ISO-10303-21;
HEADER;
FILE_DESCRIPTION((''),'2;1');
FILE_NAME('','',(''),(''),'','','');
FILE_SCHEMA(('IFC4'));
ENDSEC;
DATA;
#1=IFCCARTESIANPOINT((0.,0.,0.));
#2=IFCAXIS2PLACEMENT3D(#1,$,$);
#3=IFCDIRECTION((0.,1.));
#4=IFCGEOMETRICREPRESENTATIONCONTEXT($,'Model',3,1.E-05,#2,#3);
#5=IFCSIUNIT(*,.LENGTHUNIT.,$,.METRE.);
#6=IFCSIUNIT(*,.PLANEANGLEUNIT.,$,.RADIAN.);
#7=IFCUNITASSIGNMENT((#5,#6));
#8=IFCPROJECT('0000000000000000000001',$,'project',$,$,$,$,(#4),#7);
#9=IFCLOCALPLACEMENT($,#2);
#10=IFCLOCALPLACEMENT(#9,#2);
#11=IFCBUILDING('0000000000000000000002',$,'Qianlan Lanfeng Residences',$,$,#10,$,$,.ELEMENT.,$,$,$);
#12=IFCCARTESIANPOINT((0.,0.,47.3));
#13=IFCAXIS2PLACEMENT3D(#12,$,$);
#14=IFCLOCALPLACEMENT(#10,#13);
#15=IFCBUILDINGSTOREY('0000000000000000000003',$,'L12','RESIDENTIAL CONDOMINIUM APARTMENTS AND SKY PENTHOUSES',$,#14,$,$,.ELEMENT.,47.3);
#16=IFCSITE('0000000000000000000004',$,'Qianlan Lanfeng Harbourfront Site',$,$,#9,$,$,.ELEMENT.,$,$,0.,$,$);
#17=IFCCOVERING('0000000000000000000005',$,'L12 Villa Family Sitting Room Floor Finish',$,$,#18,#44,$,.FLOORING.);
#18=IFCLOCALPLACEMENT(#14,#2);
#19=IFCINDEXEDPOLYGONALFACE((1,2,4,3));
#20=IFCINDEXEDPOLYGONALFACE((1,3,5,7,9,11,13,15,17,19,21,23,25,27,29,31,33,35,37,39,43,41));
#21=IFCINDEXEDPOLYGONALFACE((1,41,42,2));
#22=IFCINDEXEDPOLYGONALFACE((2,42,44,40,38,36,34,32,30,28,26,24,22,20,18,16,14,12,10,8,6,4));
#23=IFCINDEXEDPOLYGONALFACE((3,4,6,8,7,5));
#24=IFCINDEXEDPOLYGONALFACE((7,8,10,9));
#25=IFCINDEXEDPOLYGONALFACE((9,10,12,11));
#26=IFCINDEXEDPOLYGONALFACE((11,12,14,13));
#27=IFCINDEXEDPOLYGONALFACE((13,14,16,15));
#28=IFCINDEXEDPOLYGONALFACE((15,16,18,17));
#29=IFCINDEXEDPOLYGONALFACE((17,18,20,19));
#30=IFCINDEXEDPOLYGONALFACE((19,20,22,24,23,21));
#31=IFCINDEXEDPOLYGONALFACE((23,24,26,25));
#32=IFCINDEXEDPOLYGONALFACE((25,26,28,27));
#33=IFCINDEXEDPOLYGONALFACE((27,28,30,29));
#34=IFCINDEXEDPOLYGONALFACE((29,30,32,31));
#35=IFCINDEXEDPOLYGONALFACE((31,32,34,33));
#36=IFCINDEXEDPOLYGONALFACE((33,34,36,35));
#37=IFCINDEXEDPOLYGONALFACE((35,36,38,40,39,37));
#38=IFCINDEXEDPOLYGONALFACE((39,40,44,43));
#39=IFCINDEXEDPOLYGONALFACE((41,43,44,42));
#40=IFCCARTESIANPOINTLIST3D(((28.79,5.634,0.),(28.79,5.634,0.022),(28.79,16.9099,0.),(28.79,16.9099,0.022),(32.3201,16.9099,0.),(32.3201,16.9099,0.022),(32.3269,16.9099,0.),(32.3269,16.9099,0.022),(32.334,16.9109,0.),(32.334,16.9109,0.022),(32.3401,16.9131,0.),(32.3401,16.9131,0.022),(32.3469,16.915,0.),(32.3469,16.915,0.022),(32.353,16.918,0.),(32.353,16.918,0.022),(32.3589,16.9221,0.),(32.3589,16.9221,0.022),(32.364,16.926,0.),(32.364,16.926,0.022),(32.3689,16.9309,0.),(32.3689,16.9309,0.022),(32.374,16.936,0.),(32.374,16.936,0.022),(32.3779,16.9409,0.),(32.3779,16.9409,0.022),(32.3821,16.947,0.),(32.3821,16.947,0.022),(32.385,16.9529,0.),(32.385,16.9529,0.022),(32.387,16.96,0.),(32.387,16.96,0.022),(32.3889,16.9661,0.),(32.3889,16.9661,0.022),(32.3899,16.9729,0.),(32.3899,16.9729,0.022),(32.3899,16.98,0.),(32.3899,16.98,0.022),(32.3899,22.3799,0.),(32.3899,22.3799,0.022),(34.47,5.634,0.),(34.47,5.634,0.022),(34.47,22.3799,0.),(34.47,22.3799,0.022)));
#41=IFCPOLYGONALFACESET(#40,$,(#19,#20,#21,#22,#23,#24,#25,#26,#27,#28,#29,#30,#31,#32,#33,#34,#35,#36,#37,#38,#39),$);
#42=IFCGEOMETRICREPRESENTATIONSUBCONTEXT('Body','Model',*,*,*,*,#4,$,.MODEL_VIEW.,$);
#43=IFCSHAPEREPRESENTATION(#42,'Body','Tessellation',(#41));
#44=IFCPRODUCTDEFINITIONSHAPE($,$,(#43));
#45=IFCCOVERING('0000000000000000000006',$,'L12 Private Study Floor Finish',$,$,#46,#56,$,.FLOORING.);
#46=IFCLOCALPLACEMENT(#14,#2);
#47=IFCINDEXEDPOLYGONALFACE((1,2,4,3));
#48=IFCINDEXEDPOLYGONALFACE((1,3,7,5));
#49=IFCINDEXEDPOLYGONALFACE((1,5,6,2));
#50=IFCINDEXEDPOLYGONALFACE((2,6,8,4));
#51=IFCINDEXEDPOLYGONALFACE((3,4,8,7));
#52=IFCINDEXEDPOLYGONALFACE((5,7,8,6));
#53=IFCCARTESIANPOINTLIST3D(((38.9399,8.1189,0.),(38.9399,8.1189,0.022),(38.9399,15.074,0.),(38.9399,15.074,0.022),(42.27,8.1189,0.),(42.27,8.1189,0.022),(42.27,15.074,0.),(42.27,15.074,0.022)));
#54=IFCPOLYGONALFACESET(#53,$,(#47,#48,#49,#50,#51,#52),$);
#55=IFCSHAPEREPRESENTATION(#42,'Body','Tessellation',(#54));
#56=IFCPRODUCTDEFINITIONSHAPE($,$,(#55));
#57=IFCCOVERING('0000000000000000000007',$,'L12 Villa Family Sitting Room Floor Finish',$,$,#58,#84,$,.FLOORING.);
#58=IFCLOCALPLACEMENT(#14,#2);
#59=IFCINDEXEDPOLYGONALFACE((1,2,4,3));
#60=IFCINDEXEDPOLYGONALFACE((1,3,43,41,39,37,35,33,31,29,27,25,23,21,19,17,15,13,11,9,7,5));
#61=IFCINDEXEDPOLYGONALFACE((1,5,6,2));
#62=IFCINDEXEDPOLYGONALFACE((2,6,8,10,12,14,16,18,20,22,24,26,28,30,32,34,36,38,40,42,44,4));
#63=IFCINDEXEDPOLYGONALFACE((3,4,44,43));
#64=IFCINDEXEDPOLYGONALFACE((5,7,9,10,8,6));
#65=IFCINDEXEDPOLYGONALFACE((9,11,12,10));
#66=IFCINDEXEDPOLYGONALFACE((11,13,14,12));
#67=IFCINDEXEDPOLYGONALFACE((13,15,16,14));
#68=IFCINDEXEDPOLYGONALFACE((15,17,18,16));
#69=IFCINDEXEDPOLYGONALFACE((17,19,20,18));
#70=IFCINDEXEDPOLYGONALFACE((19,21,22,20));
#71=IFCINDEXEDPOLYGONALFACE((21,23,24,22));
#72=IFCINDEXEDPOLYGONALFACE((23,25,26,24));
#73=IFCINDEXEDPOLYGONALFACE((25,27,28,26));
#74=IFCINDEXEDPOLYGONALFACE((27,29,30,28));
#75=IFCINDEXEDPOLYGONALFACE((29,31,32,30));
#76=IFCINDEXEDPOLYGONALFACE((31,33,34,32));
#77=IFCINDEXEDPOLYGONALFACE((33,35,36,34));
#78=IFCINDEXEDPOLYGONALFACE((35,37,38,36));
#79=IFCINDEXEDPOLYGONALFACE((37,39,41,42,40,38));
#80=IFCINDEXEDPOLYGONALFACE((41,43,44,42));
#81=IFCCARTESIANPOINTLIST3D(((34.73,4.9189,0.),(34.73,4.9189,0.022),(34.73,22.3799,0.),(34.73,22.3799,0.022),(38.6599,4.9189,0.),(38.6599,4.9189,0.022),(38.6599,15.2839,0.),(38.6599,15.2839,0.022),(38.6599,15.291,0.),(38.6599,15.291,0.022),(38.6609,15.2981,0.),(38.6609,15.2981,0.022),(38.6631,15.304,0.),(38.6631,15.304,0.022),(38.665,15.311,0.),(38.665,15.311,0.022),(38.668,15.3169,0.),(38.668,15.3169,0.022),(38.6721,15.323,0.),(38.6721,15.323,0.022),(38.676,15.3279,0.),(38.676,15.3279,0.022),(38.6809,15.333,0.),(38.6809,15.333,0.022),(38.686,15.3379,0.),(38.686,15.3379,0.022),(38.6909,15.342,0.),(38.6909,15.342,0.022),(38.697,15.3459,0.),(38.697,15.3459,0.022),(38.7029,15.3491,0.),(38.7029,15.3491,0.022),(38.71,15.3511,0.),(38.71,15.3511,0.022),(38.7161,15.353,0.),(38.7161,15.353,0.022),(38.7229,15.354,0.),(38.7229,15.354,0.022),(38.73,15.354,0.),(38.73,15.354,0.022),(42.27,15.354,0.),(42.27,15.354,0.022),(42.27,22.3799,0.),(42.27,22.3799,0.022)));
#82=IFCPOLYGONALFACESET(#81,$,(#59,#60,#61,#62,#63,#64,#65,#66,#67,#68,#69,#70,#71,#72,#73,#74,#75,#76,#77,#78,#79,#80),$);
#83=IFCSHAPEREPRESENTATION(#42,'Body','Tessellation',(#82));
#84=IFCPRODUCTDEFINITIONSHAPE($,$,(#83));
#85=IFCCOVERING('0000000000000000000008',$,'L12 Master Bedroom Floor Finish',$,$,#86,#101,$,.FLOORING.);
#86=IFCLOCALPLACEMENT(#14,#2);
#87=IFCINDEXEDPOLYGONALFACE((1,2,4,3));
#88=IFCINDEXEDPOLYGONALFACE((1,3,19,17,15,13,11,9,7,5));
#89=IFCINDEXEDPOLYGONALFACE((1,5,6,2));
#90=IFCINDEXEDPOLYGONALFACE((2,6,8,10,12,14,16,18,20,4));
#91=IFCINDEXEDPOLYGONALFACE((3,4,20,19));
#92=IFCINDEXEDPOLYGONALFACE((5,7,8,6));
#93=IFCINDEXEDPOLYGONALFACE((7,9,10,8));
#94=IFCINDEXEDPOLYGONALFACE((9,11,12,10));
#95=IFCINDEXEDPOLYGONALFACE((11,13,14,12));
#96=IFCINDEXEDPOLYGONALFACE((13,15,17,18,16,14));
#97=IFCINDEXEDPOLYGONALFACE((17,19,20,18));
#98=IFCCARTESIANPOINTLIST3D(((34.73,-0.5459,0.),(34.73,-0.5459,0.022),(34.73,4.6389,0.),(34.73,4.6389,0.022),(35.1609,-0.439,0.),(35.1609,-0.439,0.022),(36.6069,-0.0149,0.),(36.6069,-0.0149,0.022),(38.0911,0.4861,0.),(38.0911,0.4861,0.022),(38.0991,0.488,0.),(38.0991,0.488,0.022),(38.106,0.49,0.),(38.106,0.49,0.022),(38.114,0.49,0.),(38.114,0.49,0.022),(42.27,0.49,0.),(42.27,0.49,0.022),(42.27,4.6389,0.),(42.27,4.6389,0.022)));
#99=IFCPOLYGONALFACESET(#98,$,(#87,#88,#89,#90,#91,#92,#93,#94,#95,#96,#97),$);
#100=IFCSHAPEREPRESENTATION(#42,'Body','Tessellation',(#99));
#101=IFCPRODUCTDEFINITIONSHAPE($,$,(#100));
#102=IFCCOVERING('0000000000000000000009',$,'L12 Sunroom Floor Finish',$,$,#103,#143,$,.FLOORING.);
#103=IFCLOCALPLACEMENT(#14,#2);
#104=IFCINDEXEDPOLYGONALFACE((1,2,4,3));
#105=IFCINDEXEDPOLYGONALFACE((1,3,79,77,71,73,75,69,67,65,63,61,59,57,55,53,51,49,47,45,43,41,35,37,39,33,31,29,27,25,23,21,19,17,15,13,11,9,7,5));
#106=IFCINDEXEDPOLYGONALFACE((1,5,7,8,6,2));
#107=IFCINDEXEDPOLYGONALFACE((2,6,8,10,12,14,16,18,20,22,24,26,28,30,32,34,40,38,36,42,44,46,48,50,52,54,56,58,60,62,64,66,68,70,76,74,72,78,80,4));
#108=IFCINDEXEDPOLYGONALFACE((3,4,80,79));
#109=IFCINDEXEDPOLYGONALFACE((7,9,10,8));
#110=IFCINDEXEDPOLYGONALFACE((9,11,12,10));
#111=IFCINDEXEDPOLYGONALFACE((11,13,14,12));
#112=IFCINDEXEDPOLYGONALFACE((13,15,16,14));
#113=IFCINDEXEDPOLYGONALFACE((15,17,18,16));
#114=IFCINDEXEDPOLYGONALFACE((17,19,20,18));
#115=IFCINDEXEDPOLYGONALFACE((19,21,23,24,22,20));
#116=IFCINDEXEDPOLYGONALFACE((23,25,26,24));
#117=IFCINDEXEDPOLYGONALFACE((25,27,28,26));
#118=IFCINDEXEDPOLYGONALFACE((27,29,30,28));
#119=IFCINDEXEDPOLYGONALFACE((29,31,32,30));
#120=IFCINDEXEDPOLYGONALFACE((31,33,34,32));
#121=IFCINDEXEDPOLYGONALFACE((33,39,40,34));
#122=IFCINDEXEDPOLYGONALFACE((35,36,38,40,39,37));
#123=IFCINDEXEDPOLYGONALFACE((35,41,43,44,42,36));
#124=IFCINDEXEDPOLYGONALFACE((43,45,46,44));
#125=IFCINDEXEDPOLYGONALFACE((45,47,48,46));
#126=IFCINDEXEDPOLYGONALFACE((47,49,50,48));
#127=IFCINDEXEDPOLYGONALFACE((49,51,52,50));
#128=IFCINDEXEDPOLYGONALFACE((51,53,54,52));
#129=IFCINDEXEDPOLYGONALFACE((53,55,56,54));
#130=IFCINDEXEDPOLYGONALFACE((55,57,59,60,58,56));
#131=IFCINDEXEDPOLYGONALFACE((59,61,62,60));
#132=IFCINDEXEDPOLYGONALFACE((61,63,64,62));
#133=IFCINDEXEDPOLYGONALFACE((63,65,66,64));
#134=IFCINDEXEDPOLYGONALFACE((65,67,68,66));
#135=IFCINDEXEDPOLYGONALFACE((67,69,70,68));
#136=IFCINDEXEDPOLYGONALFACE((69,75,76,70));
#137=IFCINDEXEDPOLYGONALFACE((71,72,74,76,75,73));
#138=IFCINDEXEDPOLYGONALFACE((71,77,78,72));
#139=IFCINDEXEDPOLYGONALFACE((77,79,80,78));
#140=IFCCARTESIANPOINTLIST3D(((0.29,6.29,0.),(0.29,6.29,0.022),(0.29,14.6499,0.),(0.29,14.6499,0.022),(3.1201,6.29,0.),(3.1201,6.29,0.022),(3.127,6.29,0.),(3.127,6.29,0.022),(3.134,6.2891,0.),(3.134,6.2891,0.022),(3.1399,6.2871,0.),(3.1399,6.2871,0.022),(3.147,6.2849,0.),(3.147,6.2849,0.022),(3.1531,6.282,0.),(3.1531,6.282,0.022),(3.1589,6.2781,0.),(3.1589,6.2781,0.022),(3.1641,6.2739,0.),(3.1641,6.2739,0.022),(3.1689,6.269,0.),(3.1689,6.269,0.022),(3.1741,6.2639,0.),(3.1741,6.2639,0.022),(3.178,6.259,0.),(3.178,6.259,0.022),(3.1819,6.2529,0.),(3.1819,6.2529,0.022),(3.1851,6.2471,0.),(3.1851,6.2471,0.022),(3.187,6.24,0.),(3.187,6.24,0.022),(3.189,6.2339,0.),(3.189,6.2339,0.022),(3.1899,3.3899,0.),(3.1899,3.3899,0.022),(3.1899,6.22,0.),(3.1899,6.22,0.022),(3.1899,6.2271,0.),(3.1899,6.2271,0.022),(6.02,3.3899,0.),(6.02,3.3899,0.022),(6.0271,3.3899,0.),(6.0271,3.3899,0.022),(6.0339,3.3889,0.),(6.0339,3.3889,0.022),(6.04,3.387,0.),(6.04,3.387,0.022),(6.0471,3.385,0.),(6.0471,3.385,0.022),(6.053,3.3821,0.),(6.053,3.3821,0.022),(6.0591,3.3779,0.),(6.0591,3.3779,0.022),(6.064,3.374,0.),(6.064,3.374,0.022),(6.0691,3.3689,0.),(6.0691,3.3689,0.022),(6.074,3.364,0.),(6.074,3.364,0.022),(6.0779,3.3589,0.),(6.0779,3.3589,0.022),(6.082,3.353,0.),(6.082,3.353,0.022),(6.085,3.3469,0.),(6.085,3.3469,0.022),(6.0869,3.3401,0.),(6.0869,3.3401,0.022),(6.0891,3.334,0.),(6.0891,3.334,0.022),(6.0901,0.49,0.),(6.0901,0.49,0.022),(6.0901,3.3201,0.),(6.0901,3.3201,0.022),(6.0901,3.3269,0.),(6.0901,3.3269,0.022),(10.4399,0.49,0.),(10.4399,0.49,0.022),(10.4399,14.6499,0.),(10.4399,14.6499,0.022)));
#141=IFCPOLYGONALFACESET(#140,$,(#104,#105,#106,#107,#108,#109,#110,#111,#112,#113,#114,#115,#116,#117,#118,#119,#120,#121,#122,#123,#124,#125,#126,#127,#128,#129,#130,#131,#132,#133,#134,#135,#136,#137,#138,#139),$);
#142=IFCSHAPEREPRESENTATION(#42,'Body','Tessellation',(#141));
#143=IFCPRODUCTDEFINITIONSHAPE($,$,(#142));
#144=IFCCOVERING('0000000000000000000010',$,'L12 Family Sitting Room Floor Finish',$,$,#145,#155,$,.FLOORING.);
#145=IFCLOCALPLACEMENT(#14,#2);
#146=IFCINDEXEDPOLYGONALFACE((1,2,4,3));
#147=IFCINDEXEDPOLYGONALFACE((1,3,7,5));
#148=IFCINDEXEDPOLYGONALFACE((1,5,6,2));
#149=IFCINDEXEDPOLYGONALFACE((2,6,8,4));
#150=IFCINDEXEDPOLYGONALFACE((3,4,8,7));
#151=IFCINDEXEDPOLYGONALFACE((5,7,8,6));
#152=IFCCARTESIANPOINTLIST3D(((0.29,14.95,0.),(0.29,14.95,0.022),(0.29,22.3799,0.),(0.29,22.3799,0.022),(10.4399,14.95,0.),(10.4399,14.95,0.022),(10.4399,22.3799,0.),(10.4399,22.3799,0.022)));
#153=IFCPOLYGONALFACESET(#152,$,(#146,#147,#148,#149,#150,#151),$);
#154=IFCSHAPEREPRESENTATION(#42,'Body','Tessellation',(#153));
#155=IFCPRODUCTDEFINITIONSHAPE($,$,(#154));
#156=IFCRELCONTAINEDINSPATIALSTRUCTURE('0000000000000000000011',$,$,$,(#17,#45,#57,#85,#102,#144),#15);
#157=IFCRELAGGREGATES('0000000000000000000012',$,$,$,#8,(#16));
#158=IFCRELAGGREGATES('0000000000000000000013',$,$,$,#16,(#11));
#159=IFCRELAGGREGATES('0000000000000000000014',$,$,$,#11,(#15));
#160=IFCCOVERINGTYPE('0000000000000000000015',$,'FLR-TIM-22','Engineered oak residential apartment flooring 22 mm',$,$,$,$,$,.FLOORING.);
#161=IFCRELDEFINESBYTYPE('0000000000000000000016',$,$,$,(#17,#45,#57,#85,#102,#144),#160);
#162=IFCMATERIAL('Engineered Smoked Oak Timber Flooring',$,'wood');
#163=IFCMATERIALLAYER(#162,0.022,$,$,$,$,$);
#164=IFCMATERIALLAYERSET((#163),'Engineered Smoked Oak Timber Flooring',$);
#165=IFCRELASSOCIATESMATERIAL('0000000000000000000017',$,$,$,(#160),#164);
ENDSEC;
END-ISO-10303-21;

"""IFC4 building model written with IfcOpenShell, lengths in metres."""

from ifc_helpers import new_model, si_unit, direction, frame, origin, place, context, subcontext, project, spatial, polyline, outline, extrude, material, layer, layer_set, type_object, element, save


model = new_model("IFC4")

# Units and contexts
model_context = context("Model", 3, precision=1e-05, world=origin(), true_north=direction((0.0, 1.0)))
body_context = subcontext(model_context, "Body", "Model", "MODEL_VIEW")
ifc_project = project(units=[si_unit("LENGTHUNIT", "METRE"), si_unit("PLANEANGLEUNIT", "RADIAN")], contexts=[model_context])

# Site, building, storey
site_placement = place(None, origin())
site = spatial("IfcSite", under=ifc_project, at=site_placement, Name="Qianlan Lanfeng Harbourfront Site", CompositionType="ELEMENT", RefElevation=0.0)
building_placement = place(site_placement, origin())
building = spatial("IfcBuilding", under=site, at=building_placement, Name="Qianlan Lanfeng Residences", CompositionType="ELEMENT")
storey_placement = place(building_placement, frame((0.0, 0.0, 47.3)))
storey = spatial("IfcBuildingStorey", under=building, at=storey_placement, Name="L12", Description="RESIDENTIAL CONDOMINIUM APARTMENTS AND SKY PENTHOUSES", CompositionType="ELEMENT", Elevation=47.3)

# Coverings
ifc_material_1 = material(Name="Engineered Smoked Oak Timber Flooring", Category="wood")
ifc_layer_1 = layer(ifc_material_1, 0.022)
ifc_layer_set_1 = layer_set([ifc_layer_1], Name="Engineered Smoked Oak Timber Flooring")
covering_type_1 = type_object("IfcCoveringType", Name="FLR-TIM-22", Description="Engineered oak residential apartment flooring 22 mm", PredefinedType="FLOORING", material=ifc_layer_set_1)
covering_1_placement = place(storey_placement, origin())
element("IfcCovering", 1, at=covering_1_placement, inside=storey, type_object=covering_type_1, Name="L12 Villa Family Sitting Room Floor Finish", PredefinedType="FLOORING", context=body_context, shape_type="SweptSolid", body=[
    extrude(outline(polyline([(28.79, 5.634), (34.47, 5.634), (34.47, 22.3799), (32.3899, 22.3799), (32.3899, 16.98), (32.3899, 16.9729), (32.3889, 16.9661), (32.387, 16.96), (32.385, 16.9529), (32.3821, 16.947), (32.3779, 16.9409), (32.374, 16.936), (32.3689, 16.9309), (32.364, 16.926), (32.3589, 16.9221), (32.353, 16.918), (32.3469, 16.915), (32.3401, 16.9131), (32.334, 16.9109), (32.3269, 16.9099), (32.3201, 16.9099), (28.79, 16.9099), (28.79, 5.634)])), origin(), (0.0, 0.0, 1.0), 0.022),
])
covering_2_placement = place(storey_placement, origin())
element("IfcCovering", 2, at=covering_2_placement, inside=storey, type_object=covering_type_1, Name="L12 Private Study Floor Finish", PredefinedType="FLOORING", context=body_context, shape_type="SweptSolid", body=[
    extrude(outline(polyline([(38.9399, 8.1189), (42.27, 8.1189), (42.27, 15.074), (38.9399, 15.074), (38.9399, 8.1189)])), origin(), (0.0, 0.0, 1.0), 0.022),
])
covering_3_placement = place(storey_placement, origin())
element("IfcCovering", 3, at=covering_3_placement, inside=storey, type_object=covering_type_1, Name="L12 Villa Family Sitting Room Floor Finish", PredefinedType="FLOORING", context=body_context, shape_type="SweptSolid", body=[
    extrude(outline(polyline([(34.73, 4.9189), (38.6599, 4.9189), (38.6599, 15.2839), (38.6599, 15.291), (38.6609, 15.2981), (38.6631, 15.304), (38.665, 15.311), (38.668, 15.3169), (38.6721, 15.323), (38.676, 15.3279), (38.6809, 15.333), (38.686, 15.3379), (38.6909, 15.342), (38.697, 15.3459), (38.7029, 15.3491), (38.71, 15.3511), (38.7161, 15.353), (38.7229, 15.354), (38.73, 15.354), (42.27, 15.354), (42.27, 22.3799), (34.73, 22.3799), (34.73, 4.9189)])), origin(), (0.0, 0.0, 1.0), 0.022),
])
covering_4_placement = place(storey_placement, origin())
element("IfcCovering", 4, at=covering_4_placement, inside=storey, type_object=covering_type_1, Name="L12 Master Bedroom Floor Finish", PredefinedType="FLOORING", context=body_context, shape_type="SweptSolid", body=[
    extrude(outline(polyline([(34.73, 4.6389), (34.73, -0.5459), (35.1609, -0.439), (36.6069, -0.0149), (38.0911, 0.4861), (38.0991, 0.488), (38.106, 0.49), (38.114, 0.49), (42.27, 0.49), (42.27, 4.6389), (34.73, 4.6389)])), origin(), (0.0, 0.0, 1.0), 0.022),
])
covering_5_placement = place(storey_placement, origin())
element("IfcCovering", 5, at=covering_5_placement, inside=storey, type_object=covering_type_1, Name="L12 Sunroom Floor Finish", PredefinedType="FLOORING", context=body_context, shape_type="SweptSolid", body=[
    extrude(outline(polyline([(10.4399, 14.6499), (0.29, 14.6499), (0.29, 6.29), (3.1201, 6.29), (3.127, 6.29), (3.134, 6.2891), (3.1399, 6.2871), (3.147, 6.2849), (3.1531, 6.282), (3.1589, 6.2781), (3.1641, 6.2739), (3.1689, 6.269), (3.1741, 6.2639), (3.178, 6.259), (3.1819, 6.2529), (3.1851, 6.2471), (3.187, 6.24), (3.189, 6.2339), (3.1899, 6.2271), (3.1899, 6.22), (3.1899, 3.3899), (6.02, 3.3899), (6.0271, 3.3899), (6.0339, 3.3889), (6.04, 3.387), (6.0471, 3.385), (6.053, 3.3821), (6.0591, 3.3779), (6.064, 3.374), (6.0691, 3.3689), (6.074, 3.364), (6.0779, 3.3589), (6.082, 3.353), (6.085, 3.3469), (6.0869, 3.3401), (6.0891, 3.334), (6.0901, 3.3269), (6.0901, 3.3201), (6.0901, 0.49), (10.4399, 0.49), (10.4399, 14.6499)])), origin(), (0.0, 0.0, 1.0), 0.022),
])
covering_6_placement = place(storey_placement, origin())
element("IfcCovering", 6, at=covering_6_placement, inside=storey, type_object=covering_type_1, Name="L12 Family Sitting Room Floor Finish", PredefinedType="FLOORING", context=body_context, shape_type="SweptSolid", body=[
    extrude(outline(polyline([(10.4399, 22.3799), (0.29, 22.3799), (0.29, 14.95), (10.4399, 14.95), (10.4399, 22.3799)])), origin(), (0.0, 0.0, 1.0), 0.022),
])

save(model, "model.ifc")
